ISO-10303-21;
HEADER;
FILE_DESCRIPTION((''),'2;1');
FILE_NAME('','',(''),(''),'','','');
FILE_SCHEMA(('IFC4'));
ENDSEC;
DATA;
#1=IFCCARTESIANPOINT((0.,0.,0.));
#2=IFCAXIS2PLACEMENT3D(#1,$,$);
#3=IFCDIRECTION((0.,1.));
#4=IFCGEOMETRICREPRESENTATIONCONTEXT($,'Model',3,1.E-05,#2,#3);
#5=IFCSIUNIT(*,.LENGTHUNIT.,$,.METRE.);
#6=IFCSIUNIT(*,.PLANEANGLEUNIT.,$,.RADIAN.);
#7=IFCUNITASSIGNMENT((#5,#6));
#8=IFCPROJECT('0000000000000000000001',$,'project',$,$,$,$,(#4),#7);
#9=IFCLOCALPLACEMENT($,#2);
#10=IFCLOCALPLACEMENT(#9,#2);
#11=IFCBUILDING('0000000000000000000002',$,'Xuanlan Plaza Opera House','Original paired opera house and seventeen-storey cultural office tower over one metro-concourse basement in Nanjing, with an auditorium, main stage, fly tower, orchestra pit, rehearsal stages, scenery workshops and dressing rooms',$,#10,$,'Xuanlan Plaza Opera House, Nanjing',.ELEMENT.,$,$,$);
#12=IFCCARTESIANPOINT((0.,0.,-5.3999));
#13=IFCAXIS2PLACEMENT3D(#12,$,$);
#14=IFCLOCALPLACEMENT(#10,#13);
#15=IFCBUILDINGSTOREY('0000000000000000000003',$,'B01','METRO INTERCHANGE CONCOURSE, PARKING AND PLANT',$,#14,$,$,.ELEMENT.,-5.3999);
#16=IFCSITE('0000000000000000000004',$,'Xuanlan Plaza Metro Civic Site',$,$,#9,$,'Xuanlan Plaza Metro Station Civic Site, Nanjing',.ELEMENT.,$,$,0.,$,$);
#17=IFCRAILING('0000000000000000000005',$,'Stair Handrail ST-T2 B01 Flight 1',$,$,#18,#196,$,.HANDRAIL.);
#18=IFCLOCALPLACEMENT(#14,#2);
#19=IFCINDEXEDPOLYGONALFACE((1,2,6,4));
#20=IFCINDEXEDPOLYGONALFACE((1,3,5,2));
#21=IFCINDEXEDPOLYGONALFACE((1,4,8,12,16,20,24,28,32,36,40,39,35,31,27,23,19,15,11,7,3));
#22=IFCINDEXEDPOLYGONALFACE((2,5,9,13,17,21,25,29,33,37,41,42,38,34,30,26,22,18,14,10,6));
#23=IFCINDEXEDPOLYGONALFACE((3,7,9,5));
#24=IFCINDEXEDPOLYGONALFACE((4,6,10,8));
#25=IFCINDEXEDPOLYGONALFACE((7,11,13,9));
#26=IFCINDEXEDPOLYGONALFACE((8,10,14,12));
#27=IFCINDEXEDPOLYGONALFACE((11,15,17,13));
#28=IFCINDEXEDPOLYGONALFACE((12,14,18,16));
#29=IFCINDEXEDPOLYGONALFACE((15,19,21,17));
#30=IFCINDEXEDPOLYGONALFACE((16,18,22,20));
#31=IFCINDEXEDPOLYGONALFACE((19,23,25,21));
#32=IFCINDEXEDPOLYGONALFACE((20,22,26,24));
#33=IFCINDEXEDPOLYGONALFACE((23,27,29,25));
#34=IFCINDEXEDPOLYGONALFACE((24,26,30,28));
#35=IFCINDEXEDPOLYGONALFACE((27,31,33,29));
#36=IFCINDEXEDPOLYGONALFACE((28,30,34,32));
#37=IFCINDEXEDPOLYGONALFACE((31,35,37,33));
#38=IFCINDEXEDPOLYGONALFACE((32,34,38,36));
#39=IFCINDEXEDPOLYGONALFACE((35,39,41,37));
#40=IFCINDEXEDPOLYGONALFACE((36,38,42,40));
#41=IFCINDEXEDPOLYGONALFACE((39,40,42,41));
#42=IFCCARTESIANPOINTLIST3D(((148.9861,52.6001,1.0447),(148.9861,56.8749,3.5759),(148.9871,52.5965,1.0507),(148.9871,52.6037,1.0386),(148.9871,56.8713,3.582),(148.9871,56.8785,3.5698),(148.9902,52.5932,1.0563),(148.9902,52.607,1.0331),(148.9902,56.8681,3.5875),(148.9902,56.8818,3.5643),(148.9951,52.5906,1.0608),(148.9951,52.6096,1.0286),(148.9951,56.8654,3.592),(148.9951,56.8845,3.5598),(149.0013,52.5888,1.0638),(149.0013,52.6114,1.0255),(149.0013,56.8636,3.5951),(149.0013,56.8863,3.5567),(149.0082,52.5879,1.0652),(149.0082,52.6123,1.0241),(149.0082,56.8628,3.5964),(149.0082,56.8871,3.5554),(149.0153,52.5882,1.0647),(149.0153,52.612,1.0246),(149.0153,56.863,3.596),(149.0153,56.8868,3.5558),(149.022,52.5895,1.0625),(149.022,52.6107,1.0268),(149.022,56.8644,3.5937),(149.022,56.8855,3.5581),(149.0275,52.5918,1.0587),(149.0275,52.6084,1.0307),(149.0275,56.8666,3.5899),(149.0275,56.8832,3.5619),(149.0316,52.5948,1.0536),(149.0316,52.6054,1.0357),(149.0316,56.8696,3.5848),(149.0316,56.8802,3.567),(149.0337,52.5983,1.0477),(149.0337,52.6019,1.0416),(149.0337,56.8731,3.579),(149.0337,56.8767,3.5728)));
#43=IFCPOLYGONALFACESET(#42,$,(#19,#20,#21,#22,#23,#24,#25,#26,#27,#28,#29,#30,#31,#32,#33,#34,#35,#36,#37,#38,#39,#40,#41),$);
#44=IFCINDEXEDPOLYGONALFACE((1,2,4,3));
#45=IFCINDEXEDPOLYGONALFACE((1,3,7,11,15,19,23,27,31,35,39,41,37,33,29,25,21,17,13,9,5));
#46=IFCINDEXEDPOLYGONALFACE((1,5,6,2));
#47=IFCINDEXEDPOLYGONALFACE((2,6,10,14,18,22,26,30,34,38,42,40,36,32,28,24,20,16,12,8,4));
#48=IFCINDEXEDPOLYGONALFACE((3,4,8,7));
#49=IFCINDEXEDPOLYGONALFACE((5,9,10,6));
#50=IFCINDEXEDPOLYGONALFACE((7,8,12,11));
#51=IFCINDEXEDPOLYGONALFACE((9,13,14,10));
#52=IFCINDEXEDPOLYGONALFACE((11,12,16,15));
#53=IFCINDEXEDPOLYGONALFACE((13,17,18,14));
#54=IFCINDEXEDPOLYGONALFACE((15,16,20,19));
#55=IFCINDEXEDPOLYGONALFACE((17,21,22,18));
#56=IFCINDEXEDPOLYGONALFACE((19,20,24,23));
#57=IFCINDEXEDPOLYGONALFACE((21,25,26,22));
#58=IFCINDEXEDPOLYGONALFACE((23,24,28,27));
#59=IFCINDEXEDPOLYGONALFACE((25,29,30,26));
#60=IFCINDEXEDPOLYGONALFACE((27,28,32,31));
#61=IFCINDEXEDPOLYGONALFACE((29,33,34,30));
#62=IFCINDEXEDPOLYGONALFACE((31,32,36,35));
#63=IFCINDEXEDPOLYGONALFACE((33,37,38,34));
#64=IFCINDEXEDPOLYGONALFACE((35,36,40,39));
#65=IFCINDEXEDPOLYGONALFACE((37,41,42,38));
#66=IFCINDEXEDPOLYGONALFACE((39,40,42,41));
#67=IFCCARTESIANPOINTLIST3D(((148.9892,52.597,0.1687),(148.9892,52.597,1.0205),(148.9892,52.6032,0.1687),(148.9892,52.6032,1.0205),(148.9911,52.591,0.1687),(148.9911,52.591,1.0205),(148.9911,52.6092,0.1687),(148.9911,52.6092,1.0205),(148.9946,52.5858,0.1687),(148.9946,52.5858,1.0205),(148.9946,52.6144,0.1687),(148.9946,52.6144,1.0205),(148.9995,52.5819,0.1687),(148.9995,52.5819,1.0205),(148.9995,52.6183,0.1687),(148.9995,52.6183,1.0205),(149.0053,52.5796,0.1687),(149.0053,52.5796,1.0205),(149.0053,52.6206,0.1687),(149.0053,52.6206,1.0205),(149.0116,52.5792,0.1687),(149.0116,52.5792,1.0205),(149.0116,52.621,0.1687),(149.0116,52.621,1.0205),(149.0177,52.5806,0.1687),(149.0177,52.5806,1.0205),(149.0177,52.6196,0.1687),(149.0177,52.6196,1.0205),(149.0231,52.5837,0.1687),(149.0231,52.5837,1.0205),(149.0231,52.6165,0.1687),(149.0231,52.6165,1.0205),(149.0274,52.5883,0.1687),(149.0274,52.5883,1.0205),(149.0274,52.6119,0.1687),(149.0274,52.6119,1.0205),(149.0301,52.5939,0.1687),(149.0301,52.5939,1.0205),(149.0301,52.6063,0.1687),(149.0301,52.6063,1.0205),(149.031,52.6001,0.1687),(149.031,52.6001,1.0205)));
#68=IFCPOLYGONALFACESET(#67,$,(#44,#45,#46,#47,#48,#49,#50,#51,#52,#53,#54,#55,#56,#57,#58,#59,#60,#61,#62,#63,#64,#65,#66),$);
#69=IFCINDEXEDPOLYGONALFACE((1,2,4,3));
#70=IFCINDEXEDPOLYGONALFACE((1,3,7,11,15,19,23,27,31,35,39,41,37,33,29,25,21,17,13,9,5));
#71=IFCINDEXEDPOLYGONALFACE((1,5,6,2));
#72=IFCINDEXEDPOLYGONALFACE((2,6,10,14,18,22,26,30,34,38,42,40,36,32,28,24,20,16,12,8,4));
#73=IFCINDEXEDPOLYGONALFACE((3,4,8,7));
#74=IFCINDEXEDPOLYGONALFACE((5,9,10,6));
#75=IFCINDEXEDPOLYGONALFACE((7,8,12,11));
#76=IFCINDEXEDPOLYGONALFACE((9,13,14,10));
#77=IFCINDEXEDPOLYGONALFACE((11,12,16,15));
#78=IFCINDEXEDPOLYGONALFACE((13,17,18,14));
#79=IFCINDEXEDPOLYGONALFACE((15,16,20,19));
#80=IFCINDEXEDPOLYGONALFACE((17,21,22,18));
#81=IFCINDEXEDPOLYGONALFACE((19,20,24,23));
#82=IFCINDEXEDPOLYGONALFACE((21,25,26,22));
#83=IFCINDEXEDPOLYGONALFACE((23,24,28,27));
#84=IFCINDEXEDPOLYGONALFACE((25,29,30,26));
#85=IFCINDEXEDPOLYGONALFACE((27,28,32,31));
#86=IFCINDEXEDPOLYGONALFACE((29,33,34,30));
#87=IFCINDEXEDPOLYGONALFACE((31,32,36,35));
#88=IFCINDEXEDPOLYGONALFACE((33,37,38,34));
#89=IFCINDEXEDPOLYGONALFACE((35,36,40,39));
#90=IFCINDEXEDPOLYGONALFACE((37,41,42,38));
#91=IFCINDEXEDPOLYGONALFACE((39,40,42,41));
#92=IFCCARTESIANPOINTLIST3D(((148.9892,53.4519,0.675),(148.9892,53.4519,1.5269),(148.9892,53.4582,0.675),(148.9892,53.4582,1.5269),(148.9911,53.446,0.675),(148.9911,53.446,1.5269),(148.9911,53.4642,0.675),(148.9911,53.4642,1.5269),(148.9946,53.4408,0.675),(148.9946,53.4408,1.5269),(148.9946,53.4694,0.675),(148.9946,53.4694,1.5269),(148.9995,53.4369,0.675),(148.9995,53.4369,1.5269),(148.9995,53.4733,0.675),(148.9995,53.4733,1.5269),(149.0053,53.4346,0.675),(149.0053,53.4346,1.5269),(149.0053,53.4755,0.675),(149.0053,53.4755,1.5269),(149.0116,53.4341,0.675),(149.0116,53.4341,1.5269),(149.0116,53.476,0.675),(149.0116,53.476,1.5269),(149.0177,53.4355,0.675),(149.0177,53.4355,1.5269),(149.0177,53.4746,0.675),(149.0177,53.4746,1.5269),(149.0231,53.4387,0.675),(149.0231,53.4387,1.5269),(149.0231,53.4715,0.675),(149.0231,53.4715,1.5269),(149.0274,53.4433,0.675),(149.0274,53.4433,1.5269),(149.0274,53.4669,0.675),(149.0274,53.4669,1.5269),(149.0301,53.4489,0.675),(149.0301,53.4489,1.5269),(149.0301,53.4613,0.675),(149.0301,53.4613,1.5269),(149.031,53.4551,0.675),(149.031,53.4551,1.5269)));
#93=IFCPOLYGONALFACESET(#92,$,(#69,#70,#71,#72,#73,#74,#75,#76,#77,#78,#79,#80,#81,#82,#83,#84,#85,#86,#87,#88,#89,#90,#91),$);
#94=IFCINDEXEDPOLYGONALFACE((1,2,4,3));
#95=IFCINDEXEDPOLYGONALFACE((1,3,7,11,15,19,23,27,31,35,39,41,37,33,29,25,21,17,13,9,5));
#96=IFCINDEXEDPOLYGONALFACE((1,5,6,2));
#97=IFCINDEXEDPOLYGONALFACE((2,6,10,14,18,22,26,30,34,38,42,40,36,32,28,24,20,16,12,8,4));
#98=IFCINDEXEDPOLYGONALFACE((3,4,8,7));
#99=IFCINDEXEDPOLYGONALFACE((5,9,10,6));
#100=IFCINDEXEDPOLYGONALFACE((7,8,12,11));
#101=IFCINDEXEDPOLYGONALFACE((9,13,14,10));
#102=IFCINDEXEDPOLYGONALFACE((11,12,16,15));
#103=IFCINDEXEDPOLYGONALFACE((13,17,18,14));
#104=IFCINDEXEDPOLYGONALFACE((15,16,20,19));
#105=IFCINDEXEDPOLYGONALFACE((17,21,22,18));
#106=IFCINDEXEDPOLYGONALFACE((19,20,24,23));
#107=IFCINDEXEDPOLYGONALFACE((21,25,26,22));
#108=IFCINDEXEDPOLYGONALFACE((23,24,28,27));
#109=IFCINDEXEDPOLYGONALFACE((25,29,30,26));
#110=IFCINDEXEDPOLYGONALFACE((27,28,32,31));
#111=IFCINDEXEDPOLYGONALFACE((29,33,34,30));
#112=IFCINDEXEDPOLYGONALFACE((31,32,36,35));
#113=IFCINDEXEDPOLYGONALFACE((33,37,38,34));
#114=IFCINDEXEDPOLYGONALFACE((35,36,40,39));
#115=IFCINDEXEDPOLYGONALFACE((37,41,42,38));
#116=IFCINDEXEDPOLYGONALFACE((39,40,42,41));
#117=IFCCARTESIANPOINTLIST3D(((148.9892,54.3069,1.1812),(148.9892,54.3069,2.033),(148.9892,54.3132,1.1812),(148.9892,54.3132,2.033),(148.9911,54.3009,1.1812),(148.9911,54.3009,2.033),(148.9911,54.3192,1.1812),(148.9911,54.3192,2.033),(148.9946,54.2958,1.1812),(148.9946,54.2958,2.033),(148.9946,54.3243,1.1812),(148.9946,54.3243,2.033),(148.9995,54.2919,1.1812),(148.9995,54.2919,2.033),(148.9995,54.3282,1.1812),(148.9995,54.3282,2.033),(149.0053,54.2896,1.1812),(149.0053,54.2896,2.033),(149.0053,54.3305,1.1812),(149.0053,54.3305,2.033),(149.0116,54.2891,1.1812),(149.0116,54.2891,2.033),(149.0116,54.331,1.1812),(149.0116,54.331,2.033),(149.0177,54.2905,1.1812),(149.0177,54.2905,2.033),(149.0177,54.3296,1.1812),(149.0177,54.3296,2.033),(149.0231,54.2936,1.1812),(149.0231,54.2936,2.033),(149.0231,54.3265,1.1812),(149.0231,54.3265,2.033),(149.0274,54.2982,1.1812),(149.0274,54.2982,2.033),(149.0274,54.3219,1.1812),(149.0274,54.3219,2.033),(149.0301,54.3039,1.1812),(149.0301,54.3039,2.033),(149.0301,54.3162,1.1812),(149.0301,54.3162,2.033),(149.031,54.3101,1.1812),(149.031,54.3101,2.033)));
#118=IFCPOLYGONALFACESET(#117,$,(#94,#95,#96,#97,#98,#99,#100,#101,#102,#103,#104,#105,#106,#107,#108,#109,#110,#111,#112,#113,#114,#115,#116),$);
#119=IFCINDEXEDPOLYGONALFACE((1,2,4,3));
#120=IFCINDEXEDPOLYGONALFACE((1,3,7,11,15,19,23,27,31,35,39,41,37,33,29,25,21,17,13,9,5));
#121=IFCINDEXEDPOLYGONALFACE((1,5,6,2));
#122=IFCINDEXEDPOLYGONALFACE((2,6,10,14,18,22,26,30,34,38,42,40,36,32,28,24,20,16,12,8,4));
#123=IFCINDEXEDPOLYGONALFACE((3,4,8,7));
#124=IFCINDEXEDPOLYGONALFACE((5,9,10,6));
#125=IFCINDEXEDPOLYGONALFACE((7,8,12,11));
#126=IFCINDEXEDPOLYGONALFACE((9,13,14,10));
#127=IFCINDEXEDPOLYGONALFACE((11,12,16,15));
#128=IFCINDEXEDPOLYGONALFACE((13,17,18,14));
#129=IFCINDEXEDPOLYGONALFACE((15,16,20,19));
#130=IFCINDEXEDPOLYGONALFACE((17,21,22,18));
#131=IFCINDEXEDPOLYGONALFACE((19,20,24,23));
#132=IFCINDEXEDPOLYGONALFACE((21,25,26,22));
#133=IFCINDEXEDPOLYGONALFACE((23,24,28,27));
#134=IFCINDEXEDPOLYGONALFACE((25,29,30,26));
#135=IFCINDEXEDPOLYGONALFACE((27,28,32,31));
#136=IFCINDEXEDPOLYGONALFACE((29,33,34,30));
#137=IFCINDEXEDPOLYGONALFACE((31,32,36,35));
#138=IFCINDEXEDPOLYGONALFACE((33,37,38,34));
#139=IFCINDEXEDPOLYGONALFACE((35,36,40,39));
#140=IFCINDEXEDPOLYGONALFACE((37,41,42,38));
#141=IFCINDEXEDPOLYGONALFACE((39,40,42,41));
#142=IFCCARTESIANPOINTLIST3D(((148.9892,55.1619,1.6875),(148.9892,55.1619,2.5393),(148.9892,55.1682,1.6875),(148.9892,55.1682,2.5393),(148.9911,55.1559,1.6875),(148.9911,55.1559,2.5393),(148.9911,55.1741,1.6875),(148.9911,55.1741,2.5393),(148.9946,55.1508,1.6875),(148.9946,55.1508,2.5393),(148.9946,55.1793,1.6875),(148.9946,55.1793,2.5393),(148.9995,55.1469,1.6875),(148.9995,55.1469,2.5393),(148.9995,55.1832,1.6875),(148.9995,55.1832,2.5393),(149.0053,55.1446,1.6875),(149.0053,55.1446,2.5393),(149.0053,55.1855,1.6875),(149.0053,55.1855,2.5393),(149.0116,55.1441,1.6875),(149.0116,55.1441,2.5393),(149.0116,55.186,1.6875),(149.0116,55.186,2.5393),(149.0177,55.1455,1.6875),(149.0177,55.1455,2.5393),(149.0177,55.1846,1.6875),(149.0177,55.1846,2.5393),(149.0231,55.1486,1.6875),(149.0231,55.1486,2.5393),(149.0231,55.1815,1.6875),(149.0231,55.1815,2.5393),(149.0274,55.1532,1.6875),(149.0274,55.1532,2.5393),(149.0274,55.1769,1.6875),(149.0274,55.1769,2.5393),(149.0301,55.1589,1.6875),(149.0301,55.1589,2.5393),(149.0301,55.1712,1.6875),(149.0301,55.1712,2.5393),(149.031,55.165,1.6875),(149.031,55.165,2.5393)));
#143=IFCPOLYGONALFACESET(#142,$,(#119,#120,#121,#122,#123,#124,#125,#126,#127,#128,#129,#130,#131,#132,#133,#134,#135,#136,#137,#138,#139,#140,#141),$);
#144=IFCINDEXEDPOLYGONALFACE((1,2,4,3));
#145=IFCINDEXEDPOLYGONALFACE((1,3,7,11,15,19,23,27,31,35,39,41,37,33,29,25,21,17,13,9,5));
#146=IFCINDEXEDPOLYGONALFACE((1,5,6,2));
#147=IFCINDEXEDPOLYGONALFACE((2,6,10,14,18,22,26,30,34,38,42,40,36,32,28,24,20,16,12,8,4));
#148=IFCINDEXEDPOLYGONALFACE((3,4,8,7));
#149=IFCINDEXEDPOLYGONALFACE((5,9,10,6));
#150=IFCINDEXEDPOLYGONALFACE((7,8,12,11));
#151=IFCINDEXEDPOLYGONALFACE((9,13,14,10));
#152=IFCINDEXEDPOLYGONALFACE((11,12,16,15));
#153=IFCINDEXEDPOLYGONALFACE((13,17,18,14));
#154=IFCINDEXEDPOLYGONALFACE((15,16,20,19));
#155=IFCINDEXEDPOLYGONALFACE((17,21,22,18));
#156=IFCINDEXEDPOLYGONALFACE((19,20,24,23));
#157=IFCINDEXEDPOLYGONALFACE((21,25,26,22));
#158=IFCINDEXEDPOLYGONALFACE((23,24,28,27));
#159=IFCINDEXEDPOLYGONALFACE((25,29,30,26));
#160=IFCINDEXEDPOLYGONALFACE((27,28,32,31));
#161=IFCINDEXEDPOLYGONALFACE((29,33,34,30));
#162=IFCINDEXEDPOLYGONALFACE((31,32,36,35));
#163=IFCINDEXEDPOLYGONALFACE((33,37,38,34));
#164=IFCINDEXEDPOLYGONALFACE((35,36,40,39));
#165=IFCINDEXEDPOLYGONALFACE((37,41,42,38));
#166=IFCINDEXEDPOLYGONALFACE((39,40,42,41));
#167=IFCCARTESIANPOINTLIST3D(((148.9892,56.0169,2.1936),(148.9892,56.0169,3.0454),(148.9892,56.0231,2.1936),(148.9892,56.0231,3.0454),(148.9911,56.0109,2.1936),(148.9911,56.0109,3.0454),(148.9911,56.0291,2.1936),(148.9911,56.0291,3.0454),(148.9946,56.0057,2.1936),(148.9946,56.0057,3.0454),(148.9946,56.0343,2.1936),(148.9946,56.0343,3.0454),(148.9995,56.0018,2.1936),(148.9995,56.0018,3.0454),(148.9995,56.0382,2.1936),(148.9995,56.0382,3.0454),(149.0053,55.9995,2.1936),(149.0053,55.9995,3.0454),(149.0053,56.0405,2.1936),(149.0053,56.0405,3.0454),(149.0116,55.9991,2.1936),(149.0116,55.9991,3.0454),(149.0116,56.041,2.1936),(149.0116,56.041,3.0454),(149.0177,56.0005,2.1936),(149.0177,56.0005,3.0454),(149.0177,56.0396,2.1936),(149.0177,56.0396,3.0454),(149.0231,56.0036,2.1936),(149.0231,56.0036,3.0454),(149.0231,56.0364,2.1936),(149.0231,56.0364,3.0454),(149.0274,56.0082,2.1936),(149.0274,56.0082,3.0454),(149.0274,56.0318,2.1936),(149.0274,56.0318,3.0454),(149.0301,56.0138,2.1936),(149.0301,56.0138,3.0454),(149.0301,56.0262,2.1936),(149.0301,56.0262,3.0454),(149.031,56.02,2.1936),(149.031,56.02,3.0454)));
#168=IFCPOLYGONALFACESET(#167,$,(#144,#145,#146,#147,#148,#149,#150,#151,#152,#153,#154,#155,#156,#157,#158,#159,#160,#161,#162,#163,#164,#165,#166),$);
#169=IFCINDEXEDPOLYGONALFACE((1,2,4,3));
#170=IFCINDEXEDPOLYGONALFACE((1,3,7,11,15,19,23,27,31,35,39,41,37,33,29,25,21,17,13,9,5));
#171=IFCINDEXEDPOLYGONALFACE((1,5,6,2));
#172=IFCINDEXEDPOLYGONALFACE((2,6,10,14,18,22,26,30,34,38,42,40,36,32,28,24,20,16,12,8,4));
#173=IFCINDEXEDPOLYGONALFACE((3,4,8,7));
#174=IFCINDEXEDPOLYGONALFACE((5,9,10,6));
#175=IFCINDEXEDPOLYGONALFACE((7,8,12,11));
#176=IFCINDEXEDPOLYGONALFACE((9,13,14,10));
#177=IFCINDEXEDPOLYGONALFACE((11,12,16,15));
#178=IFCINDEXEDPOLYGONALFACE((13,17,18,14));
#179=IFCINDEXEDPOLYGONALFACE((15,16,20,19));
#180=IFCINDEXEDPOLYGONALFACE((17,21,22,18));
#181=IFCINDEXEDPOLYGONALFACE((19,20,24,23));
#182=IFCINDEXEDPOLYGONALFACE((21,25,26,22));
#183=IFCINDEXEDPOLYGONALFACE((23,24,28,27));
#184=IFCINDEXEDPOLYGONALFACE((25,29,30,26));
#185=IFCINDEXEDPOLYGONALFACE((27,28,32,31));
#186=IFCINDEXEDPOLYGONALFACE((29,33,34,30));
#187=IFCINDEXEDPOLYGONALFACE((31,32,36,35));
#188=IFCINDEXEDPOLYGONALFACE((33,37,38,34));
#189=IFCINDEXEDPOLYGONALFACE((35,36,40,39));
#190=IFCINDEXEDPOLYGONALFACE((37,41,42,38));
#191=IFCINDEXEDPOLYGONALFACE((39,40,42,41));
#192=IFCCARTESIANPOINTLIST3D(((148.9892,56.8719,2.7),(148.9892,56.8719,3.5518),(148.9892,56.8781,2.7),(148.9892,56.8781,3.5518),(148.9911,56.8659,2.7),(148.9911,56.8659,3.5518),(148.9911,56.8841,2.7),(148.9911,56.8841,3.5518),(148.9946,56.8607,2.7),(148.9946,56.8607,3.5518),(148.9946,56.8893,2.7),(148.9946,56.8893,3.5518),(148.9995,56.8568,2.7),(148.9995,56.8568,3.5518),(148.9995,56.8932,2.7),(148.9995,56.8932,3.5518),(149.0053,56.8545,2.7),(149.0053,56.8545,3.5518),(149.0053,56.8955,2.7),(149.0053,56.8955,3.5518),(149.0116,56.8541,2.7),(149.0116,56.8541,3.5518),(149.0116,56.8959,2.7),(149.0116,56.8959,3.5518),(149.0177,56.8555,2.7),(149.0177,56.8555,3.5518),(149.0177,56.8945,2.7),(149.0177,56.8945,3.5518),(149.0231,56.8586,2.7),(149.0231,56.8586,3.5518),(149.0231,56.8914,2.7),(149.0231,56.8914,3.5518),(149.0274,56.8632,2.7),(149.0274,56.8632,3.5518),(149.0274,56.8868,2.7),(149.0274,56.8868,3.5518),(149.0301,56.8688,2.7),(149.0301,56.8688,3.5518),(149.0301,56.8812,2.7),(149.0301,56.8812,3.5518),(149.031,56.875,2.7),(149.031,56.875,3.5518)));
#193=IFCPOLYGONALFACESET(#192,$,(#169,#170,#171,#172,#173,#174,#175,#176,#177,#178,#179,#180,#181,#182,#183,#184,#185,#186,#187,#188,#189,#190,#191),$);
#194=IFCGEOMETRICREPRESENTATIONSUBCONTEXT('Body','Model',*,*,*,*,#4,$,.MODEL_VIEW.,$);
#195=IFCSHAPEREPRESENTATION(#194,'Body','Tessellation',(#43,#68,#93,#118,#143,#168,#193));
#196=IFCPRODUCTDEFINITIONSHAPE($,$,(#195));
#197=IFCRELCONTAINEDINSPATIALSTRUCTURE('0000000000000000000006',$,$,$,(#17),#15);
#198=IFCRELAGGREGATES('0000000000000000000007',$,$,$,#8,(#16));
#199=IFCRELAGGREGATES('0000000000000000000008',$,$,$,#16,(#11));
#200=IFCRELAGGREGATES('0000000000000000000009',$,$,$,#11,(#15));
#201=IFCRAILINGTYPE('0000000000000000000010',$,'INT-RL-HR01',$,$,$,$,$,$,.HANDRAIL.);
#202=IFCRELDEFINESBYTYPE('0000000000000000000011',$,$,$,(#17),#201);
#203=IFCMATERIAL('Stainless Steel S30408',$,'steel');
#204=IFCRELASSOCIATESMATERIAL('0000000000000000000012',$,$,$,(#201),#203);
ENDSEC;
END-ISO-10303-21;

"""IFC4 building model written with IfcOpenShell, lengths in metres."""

from ifc_helpers import new_model, si_unit, direction, frame, origin, origin_2d, place, context, subcontext, project, spatial, circle, extrude, material, type_object, element, save


model = new_model("IFC4")

# Units and contexts
model_context = context("Model", 3, precision=1e-05, world=origin(), true_north=direction((0.0, 1.0)))
body_context = subcontext(model_context, "Body", "Model", "MODEL_VIEW")
ifc_project = project(units=[si_unit("LENGTHUNIT", "METRE"), si_unit("PLANEANGLEUNIT", "RADIAN")], contexts=[model_context])

# Site, building, storey
site_placement = place(None, origin())
site = spatial("IfcSite", under=ifc_project, at=site_placement, Name="Xuanlan Plaza Metro Civic Site", LongName="Xuanlan Plaza Metro Station Civic Site, Nanjing", CompositionType="ELEMENT", RefElevation=0.0)
building_placement = place(site_placement, origin())
building = spatial("IfcBuilding", under=site, at=building_placement, Name="Xuanlan Plaza Opera House", Description="Original paired opera house and seventeen-storey cultural office tower over one metro-concourse basement in Nanjing, with an auditorium, main stage, fly tower, orchestra pit, rehearsal stages, scenery workshops and dressing rooms", LongName="Xuanlan Plaza Opera House, Nanjing", CompositionType="ELEMENT")
storey_placement = place(building_placement, frame((0.0, 0.0, -5.3999)))
storey = spatial("IfcBuildingStorey", under=building, at=storey_placement, Name="B01", Description="METRO INTERCHANGE CONCOURSE, PARKING AND PLANT", CompositionType="ELEMENT", Elevation=-5.3999)

# Railing
ifc_material_1 = material(Name="Stainless Steel S30408", Category="steel")
railing_type = type_object("IfcRailingType", Name="INT-RL-HR01", PredefinedType="HANDRAIL", material=ifc_material_1)
railing_placement = place(storey_placement, frame((149.01, 52.6001, 0.1687)))
element("IfcRailing", 1, at=railing_placement, inside=storey, type_object=railing_type, Name="Stair Handrail ST-T2 B01 Flight 1", PredefinedType="HANDRAIL", context=body_context, shape_type="SweptSolid", body=[
    extrude(circle(Radius=0.0239, at=origin_2d()), frame((0.0, 0.0, 0.876), z_axis=(0.0, 0.86047, 0.509501), x_axis=(-1.0, 0.0, 0.0)), (0.0, 0.0, 1.0), 4.968),
    extrude(circle(Radius=0.021, at=origin_2d()), origin(), (0.0, 0.0, 1.0), 0.8518),
    extrude(circle(Radius=0.021, at=origin_2d()), frame((0.0, 0.855, 0.5063)), (0.0, 0.0, 1.0), 0.8518),
    extrude(circle(Radius=0.021, at=origin_2d()), frame((0.0, 1.71, 1.0125)), (0.0, 0.0, 1.0), 0.8518),
    extrude(circle(Radius=0.021, at=origin_2d()), frame((0.0, 2.5649, 1.5188)), (0.0, 0.0, 1.0), 0.8518),
    extrude(circle(Radius=0.021, at=origin_2d()), frame((0.0, 3.4199, 2.0249)), (0.0, 0.0, 1.0), 0.8518),
    extrude(circle(Radius=0.021, at=origin_2d()), frame((0.0, 4.2749, 2.5312)), (0.0, 0.0, 1.0), 0.8518),
])

save(model, "model.ifc")
